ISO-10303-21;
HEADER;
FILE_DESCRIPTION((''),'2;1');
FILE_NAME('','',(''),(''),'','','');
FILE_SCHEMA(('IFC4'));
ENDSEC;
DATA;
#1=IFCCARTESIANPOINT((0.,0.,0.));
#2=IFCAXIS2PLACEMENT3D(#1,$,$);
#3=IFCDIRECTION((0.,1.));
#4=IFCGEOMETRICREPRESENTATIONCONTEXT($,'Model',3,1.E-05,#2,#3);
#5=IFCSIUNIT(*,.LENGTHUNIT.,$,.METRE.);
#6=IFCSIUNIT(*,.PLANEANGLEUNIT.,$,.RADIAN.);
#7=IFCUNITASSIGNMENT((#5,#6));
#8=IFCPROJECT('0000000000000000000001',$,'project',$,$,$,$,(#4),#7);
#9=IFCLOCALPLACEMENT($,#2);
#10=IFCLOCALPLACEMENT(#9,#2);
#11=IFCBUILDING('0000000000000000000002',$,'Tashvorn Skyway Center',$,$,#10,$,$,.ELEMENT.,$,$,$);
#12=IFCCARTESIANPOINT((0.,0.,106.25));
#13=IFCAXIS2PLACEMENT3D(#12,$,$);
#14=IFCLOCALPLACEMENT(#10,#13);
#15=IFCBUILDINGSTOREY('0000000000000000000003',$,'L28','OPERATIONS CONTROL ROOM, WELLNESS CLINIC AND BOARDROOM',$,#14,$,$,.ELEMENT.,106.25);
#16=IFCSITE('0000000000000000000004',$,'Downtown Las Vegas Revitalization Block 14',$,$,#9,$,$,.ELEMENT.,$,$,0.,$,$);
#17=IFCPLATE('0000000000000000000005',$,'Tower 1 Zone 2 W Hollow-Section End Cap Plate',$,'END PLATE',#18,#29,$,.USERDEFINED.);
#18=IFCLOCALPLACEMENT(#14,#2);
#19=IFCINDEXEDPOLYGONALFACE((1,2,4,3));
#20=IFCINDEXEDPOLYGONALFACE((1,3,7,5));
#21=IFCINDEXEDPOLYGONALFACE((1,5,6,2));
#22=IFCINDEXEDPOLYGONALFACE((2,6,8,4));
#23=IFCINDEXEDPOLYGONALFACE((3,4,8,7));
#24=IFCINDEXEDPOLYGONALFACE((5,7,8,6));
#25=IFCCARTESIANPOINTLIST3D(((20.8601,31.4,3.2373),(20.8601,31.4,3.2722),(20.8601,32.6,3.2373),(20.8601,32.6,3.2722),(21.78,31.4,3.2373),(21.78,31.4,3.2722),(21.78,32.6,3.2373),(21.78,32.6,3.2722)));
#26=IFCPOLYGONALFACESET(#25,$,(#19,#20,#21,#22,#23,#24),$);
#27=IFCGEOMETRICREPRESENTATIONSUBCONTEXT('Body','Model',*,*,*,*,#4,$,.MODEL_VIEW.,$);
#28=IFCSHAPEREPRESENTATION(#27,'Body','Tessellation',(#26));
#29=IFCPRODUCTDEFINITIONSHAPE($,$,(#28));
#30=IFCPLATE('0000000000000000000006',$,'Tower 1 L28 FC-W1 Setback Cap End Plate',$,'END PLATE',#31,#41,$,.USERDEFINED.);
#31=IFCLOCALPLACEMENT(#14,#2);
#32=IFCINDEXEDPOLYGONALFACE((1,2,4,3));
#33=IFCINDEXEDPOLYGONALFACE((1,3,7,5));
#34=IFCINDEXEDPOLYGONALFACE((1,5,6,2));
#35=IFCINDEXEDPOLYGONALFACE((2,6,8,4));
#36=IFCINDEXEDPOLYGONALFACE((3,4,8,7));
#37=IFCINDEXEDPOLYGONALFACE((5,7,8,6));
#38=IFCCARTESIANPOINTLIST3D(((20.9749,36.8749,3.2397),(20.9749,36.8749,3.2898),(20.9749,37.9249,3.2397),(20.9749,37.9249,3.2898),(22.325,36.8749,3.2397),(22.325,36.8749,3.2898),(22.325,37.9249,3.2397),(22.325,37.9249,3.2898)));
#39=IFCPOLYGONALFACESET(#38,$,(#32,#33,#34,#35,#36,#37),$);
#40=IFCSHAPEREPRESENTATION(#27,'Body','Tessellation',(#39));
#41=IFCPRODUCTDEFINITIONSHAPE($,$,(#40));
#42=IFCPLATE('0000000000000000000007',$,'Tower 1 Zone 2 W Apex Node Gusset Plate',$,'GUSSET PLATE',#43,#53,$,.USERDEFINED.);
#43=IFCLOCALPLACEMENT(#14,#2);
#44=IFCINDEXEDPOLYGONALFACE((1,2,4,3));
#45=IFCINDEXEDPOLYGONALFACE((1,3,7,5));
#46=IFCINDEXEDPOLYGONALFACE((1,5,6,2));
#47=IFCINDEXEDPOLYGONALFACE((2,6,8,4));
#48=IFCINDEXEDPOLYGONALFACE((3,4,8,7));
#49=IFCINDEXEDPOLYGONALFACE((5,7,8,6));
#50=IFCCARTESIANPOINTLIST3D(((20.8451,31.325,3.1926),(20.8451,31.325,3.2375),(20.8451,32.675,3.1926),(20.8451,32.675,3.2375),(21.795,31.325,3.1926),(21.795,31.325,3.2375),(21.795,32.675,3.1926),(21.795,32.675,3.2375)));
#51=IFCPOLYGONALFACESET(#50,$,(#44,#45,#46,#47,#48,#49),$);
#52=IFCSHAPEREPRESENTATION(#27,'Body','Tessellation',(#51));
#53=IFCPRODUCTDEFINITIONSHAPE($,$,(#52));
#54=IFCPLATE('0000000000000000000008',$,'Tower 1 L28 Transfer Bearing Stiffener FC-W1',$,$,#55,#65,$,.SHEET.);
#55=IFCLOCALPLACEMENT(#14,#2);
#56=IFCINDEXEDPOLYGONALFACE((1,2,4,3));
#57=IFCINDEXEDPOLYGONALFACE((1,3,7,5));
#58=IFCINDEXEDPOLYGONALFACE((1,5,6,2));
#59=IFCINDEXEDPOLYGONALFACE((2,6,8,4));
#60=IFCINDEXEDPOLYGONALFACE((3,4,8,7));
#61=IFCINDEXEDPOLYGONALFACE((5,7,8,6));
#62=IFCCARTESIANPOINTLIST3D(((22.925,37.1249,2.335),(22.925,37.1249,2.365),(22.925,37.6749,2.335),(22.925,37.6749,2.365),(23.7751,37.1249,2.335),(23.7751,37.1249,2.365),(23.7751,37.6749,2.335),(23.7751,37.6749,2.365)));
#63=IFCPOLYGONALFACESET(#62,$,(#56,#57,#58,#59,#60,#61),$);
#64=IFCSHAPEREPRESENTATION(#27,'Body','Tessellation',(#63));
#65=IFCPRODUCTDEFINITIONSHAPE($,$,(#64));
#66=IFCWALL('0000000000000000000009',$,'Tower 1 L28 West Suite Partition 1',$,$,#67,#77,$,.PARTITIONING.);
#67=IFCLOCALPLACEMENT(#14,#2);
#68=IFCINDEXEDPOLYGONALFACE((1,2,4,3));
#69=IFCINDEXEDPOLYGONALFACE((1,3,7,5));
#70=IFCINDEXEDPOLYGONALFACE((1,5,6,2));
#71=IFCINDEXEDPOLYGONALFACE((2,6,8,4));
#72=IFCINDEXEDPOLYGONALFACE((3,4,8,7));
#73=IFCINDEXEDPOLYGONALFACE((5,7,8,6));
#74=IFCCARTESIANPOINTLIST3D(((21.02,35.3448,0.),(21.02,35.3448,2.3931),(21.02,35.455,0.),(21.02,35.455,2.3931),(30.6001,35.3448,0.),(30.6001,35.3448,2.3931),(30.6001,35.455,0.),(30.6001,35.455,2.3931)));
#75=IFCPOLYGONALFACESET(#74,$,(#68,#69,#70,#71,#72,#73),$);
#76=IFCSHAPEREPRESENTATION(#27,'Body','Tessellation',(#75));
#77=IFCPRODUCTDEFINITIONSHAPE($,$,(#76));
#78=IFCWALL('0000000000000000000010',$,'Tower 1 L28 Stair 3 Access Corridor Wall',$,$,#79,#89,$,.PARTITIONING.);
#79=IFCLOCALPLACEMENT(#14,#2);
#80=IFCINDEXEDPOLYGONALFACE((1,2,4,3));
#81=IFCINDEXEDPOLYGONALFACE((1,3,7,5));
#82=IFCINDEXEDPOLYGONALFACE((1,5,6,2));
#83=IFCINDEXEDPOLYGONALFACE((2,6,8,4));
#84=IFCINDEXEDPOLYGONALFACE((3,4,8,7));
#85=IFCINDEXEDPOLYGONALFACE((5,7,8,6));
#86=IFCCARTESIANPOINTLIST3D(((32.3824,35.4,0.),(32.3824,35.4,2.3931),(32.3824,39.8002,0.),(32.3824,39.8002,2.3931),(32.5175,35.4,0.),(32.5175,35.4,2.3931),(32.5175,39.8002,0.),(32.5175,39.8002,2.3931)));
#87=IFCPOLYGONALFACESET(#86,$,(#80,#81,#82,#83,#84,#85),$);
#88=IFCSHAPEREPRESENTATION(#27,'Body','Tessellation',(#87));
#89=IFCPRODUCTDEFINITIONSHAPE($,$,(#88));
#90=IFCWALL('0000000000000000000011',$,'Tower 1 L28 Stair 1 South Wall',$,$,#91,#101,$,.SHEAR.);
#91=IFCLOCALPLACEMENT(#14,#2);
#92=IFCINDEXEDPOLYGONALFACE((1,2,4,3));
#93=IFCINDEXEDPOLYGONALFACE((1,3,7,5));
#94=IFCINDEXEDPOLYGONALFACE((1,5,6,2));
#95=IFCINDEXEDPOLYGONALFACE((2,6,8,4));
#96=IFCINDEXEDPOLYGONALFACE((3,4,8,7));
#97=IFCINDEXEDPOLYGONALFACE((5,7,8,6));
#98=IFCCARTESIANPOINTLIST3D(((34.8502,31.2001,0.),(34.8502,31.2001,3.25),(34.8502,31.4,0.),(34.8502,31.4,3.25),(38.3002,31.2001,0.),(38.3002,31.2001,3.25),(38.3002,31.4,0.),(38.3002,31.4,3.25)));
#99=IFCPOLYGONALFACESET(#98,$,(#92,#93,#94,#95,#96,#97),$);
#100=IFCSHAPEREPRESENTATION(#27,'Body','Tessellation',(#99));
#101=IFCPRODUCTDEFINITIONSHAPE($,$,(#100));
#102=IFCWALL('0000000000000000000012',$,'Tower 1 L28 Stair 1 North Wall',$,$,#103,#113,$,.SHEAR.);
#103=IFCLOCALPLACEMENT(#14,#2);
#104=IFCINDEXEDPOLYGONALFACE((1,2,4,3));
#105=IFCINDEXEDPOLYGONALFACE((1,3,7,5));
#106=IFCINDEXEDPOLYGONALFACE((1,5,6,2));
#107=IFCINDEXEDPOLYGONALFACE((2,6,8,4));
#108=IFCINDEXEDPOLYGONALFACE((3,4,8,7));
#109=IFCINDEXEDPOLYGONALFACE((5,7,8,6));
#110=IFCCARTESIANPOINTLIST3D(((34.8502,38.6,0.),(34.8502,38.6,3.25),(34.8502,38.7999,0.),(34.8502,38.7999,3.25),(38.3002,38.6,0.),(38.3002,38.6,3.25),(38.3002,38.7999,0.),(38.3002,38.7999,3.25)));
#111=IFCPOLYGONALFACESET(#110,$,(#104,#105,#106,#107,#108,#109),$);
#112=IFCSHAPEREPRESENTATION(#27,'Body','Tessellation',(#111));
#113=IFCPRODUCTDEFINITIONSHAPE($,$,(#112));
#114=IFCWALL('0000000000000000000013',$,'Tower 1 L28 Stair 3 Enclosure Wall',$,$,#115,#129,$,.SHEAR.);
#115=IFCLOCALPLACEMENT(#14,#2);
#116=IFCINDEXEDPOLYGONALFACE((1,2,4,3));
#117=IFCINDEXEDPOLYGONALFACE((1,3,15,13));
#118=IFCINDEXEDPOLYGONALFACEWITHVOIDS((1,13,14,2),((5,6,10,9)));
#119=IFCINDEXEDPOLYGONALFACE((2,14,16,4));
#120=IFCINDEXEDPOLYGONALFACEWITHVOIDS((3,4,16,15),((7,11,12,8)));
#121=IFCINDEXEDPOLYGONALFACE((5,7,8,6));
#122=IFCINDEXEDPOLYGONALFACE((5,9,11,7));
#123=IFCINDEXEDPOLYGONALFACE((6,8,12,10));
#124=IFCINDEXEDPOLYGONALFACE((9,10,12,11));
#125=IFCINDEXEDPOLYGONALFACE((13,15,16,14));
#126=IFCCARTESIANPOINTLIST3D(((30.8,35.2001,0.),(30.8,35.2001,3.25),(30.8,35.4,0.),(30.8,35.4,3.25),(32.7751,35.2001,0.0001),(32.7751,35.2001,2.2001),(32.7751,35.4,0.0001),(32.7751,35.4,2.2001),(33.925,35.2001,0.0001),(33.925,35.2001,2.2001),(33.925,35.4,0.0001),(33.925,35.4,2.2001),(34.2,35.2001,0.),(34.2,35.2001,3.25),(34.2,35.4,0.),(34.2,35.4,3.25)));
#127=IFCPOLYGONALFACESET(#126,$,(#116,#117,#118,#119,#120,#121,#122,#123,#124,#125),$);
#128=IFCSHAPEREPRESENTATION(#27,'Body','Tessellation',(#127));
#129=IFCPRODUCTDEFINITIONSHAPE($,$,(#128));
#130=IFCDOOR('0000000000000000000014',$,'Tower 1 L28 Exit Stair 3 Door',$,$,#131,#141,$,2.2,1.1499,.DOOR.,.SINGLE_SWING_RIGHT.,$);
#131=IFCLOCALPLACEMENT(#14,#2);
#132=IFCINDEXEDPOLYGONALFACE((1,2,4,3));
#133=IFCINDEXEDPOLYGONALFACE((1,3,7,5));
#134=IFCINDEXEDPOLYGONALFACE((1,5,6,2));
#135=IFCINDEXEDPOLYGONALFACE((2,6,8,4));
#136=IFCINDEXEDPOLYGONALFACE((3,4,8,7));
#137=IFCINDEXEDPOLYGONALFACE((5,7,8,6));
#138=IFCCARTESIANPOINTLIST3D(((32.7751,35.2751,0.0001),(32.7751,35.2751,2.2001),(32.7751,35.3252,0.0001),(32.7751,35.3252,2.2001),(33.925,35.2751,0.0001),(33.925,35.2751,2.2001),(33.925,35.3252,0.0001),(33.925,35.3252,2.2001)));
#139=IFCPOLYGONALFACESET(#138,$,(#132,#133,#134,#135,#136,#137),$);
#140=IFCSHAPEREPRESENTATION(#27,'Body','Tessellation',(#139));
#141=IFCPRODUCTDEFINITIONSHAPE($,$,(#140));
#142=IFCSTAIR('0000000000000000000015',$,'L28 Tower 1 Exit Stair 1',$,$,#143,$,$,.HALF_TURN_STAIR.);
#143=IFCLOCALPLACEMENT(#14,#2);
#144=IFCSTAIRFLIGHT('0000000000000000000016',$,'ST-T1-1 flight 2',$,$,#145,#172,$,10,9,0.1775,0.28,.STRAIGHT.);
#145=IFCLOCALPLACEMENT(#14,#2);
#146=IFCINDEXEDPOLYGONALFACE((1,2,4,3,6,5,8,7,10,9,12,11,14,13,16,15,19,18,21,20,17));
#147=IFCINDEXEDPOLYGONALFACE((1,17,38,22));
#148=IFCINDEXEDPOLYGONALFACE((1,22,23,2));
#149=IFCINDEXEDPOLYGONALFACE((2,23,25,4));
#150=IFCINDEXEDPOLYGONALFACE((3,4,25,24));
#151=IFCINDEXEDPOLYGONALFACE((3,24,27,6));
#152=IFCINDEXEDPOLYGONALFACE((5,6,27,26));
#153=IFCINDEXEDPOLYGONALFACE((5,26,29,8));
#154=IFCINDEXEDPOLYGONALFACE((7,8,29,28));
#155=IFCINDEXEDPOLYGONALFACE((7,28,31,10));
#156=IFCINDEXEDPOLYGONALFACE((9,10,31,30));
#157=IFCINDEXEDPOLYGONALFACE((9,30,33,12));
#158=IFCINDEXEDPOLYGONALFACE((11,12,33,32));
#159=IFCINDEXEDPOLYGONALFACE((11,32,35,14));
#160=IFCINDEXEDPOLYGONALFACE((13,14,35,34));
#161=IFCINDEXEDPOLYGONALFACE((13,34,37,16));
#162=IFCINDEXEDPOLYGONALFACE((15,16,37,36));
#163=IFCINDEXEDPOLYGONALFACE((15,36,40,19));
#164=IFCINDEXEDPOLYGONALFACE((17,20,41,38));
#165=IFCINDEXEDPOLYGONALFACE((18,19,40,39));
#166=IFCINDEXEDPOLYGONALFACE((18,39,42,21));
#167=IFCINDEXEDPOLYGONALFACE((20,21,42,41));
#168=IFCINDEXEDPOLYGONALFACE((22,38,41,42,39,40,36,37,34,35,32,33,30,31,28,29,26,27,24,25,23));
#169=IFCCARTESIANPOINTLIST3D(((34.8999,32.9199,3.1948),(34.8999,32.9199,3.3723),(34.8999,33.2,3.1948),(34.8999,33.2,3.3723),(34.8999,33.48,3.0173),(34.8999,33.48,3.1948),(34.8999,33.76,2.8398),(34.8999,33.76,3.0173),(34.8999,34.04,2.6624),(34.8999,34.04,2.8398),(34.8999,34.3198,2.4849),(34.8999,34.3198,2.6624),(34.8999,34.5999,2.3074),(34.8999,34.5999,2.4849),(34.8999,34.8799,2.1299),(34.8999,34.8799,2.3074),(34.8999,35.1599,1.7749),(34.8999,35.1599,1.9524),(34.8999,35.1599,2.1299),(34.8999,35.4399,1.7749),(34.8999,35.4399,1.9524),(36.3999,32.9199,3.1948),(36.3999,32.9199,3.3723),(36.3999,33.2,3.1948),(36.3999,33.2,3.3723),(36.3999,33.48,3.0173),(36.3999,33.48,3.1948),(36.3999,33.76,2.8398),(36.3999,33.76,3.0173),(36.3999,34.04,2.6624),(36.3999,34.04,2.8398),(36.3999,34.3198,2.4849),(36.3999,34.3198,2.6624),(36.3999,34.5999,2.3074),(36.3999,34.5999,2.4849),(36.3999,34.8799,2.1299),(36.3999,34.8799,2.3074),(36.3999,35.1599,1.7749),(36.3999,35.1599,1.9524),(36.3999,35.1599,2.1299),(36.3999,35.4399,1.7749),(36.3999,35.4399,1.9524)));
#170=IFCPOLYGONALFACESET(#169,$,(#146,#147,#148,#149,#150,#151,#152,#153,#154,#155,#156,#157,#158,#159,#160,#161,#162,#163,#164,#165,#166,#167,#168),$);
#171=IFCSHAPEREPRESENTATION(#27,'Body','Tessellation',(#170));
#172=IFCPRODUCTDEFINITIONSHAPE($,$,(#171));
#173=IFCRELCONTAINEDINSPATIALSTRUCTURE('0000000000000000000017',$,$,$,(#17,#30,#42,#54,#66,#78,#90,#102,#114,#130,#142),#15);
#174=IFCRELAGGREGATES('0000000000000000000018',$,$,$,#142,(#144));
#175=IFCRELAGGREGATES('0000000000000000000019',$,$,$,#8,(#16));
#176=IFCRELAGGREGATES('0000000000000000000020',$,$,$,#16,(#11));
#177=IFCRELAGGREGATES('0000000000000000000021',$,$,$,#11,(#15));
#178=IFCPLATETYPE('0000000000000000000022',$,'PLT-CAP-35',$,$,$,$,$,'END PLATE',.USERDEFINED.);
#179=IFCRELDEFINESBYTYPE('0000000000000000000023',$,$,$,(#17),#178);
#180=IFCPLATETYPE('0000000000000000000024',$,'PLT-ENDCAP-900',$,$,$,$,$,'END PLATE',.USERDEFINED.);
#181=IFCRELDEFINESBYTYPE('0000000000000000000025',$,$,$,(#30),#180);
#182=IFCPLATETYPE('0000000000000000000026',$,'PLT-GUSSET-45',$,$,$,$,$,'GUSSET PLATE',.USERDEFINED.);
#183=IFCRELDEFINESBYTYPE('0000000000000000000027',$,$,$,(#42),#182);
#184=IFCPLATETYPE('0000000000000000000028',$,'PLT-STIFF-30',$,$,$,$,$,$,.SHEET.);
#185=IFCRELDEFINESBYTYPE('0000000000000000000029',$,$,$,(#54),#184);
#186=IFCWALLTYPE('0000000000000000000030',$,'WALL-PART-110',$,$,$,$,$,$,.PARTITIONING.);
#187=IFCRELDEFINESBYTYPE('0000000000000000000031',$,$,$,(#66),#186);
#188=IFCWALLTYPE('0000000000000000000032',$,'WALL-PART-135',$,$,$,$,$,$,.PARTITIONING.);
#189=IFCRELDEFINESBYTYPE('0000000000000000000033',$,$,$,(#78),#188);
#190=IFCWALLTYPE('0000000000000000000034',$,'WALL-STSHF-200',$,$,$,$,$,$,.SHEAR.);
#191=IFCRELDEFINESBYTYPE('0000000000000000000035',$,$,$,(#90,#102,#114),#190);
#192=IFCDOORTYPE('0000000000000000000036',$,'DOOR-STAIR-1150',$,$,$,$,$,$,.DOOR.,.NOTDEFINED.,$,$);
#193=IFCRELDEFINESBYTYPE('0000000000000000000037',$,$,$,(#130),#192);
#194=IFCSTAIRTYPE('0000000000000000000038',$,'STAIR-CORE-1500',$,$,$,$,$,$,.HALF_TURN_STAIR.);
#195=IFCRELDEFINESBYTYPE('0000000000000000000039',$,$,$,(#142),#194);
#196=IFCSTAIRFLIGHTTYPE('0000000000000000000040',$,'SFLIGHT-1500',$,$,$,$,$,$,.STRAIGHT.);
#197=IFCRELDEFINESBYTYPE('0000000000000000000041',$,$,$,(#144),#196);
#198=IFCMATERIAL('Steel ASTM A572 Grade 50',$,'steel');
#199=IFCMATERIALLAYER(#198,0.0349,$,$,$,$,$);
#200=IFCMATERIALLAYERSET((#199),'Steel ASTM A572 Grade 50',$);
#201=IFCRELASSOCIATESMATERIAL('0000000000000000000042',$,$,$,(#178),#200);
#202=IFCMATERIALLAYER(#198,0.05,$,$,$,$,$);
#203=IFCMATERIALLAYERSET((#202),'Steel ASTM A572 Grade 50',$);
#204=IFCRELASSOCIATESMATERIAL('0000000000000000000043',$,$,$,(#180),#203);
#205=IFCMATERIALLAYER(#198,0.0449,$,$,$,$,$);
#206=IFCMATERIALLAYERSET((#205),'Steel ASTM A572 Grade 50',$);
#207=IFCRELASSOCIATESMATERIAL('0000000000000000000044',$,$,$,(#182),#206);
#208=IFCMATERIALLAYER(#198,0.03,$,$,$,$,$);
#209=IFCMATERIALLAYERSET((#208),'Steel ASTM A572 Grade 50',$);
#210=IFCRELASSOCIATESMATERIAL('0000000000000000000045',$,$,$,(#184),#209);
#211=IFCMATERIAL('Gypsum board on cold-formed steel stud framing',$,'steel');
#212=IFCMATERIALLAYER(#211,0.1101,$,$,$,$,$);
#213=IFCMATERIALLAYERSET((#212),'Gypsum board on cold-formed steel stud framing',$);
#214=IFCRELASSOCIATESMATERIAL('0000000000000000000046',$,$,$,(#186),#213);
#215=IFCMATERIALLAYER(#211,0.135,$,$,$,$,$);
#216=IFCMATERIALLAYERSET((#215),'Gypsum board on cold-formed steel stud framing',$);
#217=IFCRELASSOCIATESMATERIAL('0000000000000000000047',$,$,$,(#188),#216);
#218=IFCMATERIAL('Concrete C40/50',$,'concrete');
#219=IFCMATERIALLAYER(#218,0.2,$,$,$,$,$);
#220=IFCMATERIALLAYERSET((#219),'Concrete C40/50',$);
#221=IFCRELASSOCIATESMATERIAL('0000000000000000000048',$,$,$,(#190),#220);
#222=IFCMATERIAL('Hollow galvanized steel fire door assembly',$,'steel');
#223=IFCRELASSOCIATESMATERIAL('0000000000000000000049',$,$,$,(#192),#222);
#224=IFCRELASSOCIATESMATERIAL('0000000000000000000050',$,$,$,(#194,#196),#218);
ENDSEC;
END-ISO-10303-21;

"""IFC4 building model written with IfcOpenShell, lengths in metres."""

from ifc_helpers import new_model, si_unit, direction, frame, frame_2d, origin, origin_2d, place, context, subcontext, project, spatial, polyline, rectangle, outline, extrude, material, layer, layer_set, type_object, element, fill, aggregate, save


model = new_model("IFC4")

# Units and contexts
model_context = context("Model", 3, precision=1e-05, world=origin(), true_north=direction((0.0, 1.0)))
body_context = subcontext(model_context, "Body", "Model", "MODEL_VIEW")
ifc_project = project(units=[si_unit("LENGTHUNIT", "METRE"), si_unit("PLANEANGLEUNIT", "RADIAN")], contexts=[model_context])

# Site, building, storey
site_placement = place(None, origin())
site = spatial("IfcSite", under=ifc_project, at=site_placement, Name="Downtown Las Vegas Revitalization Block 14", CompositionType="ELEMENT", RefElevation=0.0)
building_placement = place(site_placement, origin())
building = spatial("IfcBuilding", under=site, at=building_placement, Name="Tashvorn Skyway Center", CompositionType="ELEMENT")
storey_placement = place(building_placement, frame((0.0, 0.0, 106.25)))
storey = spatial("IfcBuildingStorey", under=building, at=storey_placement, Name="L28", Description="OPERATIONS CONTROL ROOM, WELLNESS CLINIC AND BOARDROOM", CompositionType="ELEMENT", Elevation=106.25)

# Shared definitions
ifc_material_1 = material(Name="Steel ASTM A572 Grade 50", Category="steel")

# Plates
ifc_layer_1 = layer(ifc_material_1, 0.0349)
ifc_layer_set_1 = layer_set([ifc_layer_1], Name="Steel ASTM A572 Grade 50")
plate_type_1 = type_object("IfcPlateType", Name="PLT-CAP-35", ElementType="END PLATE", PredefinedType="USERDEFINED", material=ifc_layer_set_1)
plate_1_placement = place(storey_placement, frame((21.3201, 32.0, 3.2373), z_axis=(0.0, 0.0, 1.0), x_axis=(0.0, -1.0, 0.0)))
element("IfcPlate", 1, at=plate_1_placement, inside=storey, type_object=plate_type_1, Name="Tower 1 Zone 2 W Hollow-Section End Cap Plate", ObjectType="END PLATE", PredefinedType="USERDEFINED", context=body_context, shape_type="SweptSolid", body=[
    extrude(rectangle(XDim=1.2, YDim=0.9199, at=origin_2d()), origin(), (0.0, 0.0, 1.0), 0.0349),
])
ifc_layer_2 = layer(ifc_material_1, 0.05)
ifc_layer_set_2 = layer_set([ifc_layer_2], Name="Steel ASTM A572 Grade 50")
plate_type_2 = type_object("IfcPlateType", Name="PLT-ENDCAP-900", ElementType="END PLATE", PredefinedType="USERDEFINED", material=ifc_layer_set_2)
plate_2_placement = place(storey_placement, frame((21.6499, 37.3999, 3.2397), z_axis=(0.0, 0.0, 1.0), x_axis=(1.0, 0.0, 0.0)))
element("IfcPlate", 2, at=plate_2_placement, inside=storey, type_object=plate_type_2, Name="Tower 1 L28 FC-W1 Setback Cap End Plate", ObjectType="END PLATE", PredefinedType="USERDEFINED", context=body_context, shape_type="SweptSolid", body=[
    extrude(rectangle(XDim=1.3501, YDim=1.05, at=origin_2d()), origin(), (0.0, 0.0, 1.0), 0.05),
])
ifc_layer_3 = layer(ifc_material_1, 0.0449)
ifc_layer_set_3 = layer_set([ifc_layer_3], Name="Steel ASTM A572 Grade 50")
plate_type_3 = type_object("IfcPlateType", Name="PLT-GUSSET-45", ElementType="GUSSET PLATE", PredefinedType="USERDEFINED", material=ifc_layer_set_3)
plate_3_placement = place(storey_placement, frame((21.3201, 32.0, 3.1926), z_axis=(0.0, 0.0, 1.0), x_axis=(0.0, -1.0, 0.0)))
element("IfcPlate", 3, at=plate_3_placement, inside=storey, type_object=plate_type_3, Name="Tower 1 Zone 2 W Apex Node Gusset Plate", ObjectType="GUSSET PLATE", PredefinedType="USERDEFINED", context=body_context, shape_type="SweptSolid", body=[
    extrude(rectangle(XDim=1.3501, YDim=0.95, at=origin_2d()), origin(), (0.0, 0.0, 1.0), 0.0449),
])
ifc_layer_4 = layer(ifc_material_1, 0.03)
ifc_layer_set_4 = layer_set([ifc_layer_4], Name="Steel ASTM A572 Grade 50")
plate_type_4 = type_object("IfcPlateType", Name="PLT-STIFF-30", PredefinedType="SHEET", material=ifc_layer_set_4)
plate_4_placement = place(storey_placement, frame((23.3501, 37.3999, 2.335), z_axis=(0.0, 0.0, 1.0), x_axis=(1.0, 0.0, 0.0)))
element("IfcPlate", 4, at=plate_4_placement, inside=storey, type_object=plate_type_4, Name="Tower 1 L28 Transfer Bearing Stiffener FC-W1", PredefinedType="SHEET", context=body_context, shape_type="SweptSolid", body=[
    extrude(rectangle(XDim=0.8501, YDim=0.55, at=origin_2d()), origin(), (0.0, 0.0, 1.0), 0.03),
])

# Walls
ifc_material_2 = material(Name="Gypsum board on cold-formed steel stud framing", Category="steel")
ifc_layer_5 = layer(ifc_material_2, 0.1101)
ifc_layer_set_5 = layer_set([ifc_layer_5], Name="Gypsum board on cold-formed steel stud framing")
wall_type_1 = type_object("IfcWallType", Name="WALL-PART-110", PredefinedType="PARTITIONING", material=ifc_layer_set_5)
wall_1_placement = place(storey_placement, frame((30.6001, 35.3999, 0.0), z_axis=(0.0, 0.0, 1.0), x_axis=(-1.0, 0.0, 0.0)))
element("IfcWall", 5, at=wall_1_placement, inside=storey, type_object=wall_type_1, Name="Tower 1 L28 West Suite Partition 1", PredefinedType="PARTITIONING", context=body_context, shape_type="SweptSolid", body=[
    extrude(rectangle(XDim=9.5801, YDim=0.1101, at=frame_2d((4.79, 0.0))), origin(), (0.0, 0.0, 1.0), 2.3931),
])
ifc_layer_6 = layer(ifc_material_2, 0.135)
ifc_layer_set_6 = layer_set([ifc_layer_6], Name="Gypsum board on cold-formed steel stud framing")
wall_type_2 = type_object("IfcWallType", Name="WALL-PART-135", PredefinedType="PARTITIONING", material=ifc_layer_set_6)
wall_2_placement = place(storey_placement, frame((32.45, 35.3999, 0.0), z_axis=(0.0, 0.0, 1.0), x_axis=(0.0, 1.0, 0.0)))
element("IfcWall", 6, at=wall_2_placement, inside=storey, type_object=wall_type_2, Name="Tower 1 L28 Stair 3 Access Corridor Wall", PredefinedType="PARTITIONING", context=body_context, shape_type="SweptSolid", body=[
    extrude(rectangle(XDim=4.4001, YDim=0.135, at=frame_2d((2.2002, 0.0))), origin(), (0.0, 0.0, 1.0), 2.3931),
])
ifc_material_3 = material(Name="Concrete C40/50", Category="concrete")
ifc_layer_7 = layer(ifc_material_3, 0.2)
ifc_layer_set_7 = layer_set([ifc_layer_7], Name="Concrete C40/50")
wall_type_3 = type_object("IfcWallType", Name="WALL-STSHF-200", PredefinedType="SHEAR", material=ifc_layer_set_7)
for number, where, z_axis, x_axis, name in (
    (7, (34.8501, 31.3, 0.0), (0.0, 0.0, 1.0), (1.0, 0.0, 0.0), "Tower 1 L28 Stair 1 South Wall"),
    (8, (34.8501, 38.7, 0.0), (0.0, 0.0, 1.0), (1.0, 0.0, 0.0), "Tower 1 L28 Stair 1 North Wall"),
):
    element("IfcWall", number, at=place(storey_placement, frame(where, z_axis=z_axis, x_axis=x_axis)), inside=storey, type_object=wall_type_3, Name=name, PredefinedType="SHEAR", context=body_context, shape_type="SweptSolid", body=[
        extrude(rectangle(XDim=3.45, YDim=0.2, at=frame_2d((1.7251, 0.0))), origin(), (0.0, 0.0, 1.0), 3.25),
    ])

# Wall, opening, door
wall_3_placement = place(storey_placement, frame((34.2, 35.3, 0.0), z_axis=(0.0, 0.0, 1.0), x_axis=(-1.0, 0.0, 0.0)))
wall_3 = element("IfcWall", 9, at=wall_3_placement, inside=storey, type_object=wall_type_3, Name="Tower 1 L28 Stair 3 Enclosure Wall", PredefinedType="SHEAR", context=body_context, shape_type="SweptSolid", body=[
    extrude(rectangle(XDim=3.3999, YDim=0.2, at=frame_2d((1.7, 0.0))), origin(), (0.0, 0.0, 1.0), 3.25),
])
opening_placement = place(wall_3_placement, frame((0.2749, 0.0, 0.0)))
opening = element("IfcOpeningElement", 10, at=opening_placement, cuts=wall_3, PredefinedType="OPENING", context=body_context, shape_type="SweptSolid", body=[
    extrude(rectangle(XDim=1.1499, YDim=2.2, at=frame_2d((0.575, 1.1001))), frame((0.0, 0.1099, 0.0), z_axis=(0.0, -1.0, 0.0), x_axis=(1.0, 0.0, 0.0)), (0.0, 0.0, 1.0), 0.22),
])
ifc_material_4 = material(Name="Hollow galvanized steel fire door assembly", Category="steel")
door_type = type_object("IfcDoorType", Name="DOOR-STAIR-1150", OperationType="NOTDEFINED", PredefinedType="DOOR", material=ifc_material_4)
door_placement = place(opening_placement, origin())
door = element("IfcDoor", 11, at=door_placement, inside=storey, type_object=door_type, Name="Tower 1 L28 Exit Stair 3 Door", OperationType="SINGLE_SWING_RIGHT", OverallHeight=2.2, OverallWidth=1.1499, PredefinedType="DOOR", context=body_context, shape_type="SweptSolid", body=[
    extrude(rectangle(XDim=1.1499, YDim=2.2, at=frame_2d((0.575, 1.1001))), frame((0.0, 0.0249, 0.0), z_axis=(0.0, -1.0, 0.0), x_axis=(1.0, 0.0, 0.0)), (0.0, 0.0, 1.0), 0.05),
])
fill(opening, door)

# Stair, stair flight
stair_type = type_object("IfcStairType", Name="STAIR-CORE-1500", PredefinedType="HALF_TURN_STAIR", material=ifc_material_3)
stair_1_placement = place(storey_placement, origin())
stair_1 = element("IfcStair", 12, at=stair_1_placement, inside=storey, type_object=stair_type, Name="L28 Tower 1 Exit Stair 1", PredefinedType="HALF_TURN_STAIR")
stair_flight_type = type_object("IfcStairFlightType", Name="SFLIGHT-1500", PredefinedType="STRAIGHT", material=ifc_material_3)
stair_flight_1_placement = place(storey_placement, frame((35.6499, 35.4399, 1.7749), z_axis=(0.0, 0.0, 1.0), x_axis=(0.0, -1.0, 0.0)))
stair_flight_1 = element("IfcStairFlight", 13, at=stair_flight_1_placement, type_object=stair_flight_type, Name="ST-T1-1 flight 2", NumberOfRisers=10, NumberOfTreads=9, PredefinedType="STRAIGHT", RiserHeight=0.1775, TreadLength=0.28, context=body_context, shape_type="SweptSolid", body=[
    extrude(outline(polyline([(0.0, 0.0), (0.0, 0.1775), (0.28, 0.1775), (0.28, 0.355), (0.5601, 0.355), (0.5601, 0.5325), (0.8401, 0.5325), (0.8401, 0.71), (1.1201, 0.71), (1.1201, 0.8875), (1.3999, 0.8875), (1.3999, 1.0649), (1.6799, 1.0649), (1.6799, 1.2424), (1.96, 1.2424), (1.96, 1.4199), (2.24, 1.4199), (2.24, 1.5974), (2.52, 1.5974), (2.52, 1.7749), (2.52, 1.4199), (0.28, 0.0), (0.0, 0.0)])), frame((0.0, 0.75, 0.0), z_axis=(0.0, -1.0, 0.0), x_axis=(1.0, 0.0, 0.0)), (0.0, 0.0, 1.0), 1.5),
])
aggregate(stair_1, [stair_flight_1])

save(model, "model.ifc")
